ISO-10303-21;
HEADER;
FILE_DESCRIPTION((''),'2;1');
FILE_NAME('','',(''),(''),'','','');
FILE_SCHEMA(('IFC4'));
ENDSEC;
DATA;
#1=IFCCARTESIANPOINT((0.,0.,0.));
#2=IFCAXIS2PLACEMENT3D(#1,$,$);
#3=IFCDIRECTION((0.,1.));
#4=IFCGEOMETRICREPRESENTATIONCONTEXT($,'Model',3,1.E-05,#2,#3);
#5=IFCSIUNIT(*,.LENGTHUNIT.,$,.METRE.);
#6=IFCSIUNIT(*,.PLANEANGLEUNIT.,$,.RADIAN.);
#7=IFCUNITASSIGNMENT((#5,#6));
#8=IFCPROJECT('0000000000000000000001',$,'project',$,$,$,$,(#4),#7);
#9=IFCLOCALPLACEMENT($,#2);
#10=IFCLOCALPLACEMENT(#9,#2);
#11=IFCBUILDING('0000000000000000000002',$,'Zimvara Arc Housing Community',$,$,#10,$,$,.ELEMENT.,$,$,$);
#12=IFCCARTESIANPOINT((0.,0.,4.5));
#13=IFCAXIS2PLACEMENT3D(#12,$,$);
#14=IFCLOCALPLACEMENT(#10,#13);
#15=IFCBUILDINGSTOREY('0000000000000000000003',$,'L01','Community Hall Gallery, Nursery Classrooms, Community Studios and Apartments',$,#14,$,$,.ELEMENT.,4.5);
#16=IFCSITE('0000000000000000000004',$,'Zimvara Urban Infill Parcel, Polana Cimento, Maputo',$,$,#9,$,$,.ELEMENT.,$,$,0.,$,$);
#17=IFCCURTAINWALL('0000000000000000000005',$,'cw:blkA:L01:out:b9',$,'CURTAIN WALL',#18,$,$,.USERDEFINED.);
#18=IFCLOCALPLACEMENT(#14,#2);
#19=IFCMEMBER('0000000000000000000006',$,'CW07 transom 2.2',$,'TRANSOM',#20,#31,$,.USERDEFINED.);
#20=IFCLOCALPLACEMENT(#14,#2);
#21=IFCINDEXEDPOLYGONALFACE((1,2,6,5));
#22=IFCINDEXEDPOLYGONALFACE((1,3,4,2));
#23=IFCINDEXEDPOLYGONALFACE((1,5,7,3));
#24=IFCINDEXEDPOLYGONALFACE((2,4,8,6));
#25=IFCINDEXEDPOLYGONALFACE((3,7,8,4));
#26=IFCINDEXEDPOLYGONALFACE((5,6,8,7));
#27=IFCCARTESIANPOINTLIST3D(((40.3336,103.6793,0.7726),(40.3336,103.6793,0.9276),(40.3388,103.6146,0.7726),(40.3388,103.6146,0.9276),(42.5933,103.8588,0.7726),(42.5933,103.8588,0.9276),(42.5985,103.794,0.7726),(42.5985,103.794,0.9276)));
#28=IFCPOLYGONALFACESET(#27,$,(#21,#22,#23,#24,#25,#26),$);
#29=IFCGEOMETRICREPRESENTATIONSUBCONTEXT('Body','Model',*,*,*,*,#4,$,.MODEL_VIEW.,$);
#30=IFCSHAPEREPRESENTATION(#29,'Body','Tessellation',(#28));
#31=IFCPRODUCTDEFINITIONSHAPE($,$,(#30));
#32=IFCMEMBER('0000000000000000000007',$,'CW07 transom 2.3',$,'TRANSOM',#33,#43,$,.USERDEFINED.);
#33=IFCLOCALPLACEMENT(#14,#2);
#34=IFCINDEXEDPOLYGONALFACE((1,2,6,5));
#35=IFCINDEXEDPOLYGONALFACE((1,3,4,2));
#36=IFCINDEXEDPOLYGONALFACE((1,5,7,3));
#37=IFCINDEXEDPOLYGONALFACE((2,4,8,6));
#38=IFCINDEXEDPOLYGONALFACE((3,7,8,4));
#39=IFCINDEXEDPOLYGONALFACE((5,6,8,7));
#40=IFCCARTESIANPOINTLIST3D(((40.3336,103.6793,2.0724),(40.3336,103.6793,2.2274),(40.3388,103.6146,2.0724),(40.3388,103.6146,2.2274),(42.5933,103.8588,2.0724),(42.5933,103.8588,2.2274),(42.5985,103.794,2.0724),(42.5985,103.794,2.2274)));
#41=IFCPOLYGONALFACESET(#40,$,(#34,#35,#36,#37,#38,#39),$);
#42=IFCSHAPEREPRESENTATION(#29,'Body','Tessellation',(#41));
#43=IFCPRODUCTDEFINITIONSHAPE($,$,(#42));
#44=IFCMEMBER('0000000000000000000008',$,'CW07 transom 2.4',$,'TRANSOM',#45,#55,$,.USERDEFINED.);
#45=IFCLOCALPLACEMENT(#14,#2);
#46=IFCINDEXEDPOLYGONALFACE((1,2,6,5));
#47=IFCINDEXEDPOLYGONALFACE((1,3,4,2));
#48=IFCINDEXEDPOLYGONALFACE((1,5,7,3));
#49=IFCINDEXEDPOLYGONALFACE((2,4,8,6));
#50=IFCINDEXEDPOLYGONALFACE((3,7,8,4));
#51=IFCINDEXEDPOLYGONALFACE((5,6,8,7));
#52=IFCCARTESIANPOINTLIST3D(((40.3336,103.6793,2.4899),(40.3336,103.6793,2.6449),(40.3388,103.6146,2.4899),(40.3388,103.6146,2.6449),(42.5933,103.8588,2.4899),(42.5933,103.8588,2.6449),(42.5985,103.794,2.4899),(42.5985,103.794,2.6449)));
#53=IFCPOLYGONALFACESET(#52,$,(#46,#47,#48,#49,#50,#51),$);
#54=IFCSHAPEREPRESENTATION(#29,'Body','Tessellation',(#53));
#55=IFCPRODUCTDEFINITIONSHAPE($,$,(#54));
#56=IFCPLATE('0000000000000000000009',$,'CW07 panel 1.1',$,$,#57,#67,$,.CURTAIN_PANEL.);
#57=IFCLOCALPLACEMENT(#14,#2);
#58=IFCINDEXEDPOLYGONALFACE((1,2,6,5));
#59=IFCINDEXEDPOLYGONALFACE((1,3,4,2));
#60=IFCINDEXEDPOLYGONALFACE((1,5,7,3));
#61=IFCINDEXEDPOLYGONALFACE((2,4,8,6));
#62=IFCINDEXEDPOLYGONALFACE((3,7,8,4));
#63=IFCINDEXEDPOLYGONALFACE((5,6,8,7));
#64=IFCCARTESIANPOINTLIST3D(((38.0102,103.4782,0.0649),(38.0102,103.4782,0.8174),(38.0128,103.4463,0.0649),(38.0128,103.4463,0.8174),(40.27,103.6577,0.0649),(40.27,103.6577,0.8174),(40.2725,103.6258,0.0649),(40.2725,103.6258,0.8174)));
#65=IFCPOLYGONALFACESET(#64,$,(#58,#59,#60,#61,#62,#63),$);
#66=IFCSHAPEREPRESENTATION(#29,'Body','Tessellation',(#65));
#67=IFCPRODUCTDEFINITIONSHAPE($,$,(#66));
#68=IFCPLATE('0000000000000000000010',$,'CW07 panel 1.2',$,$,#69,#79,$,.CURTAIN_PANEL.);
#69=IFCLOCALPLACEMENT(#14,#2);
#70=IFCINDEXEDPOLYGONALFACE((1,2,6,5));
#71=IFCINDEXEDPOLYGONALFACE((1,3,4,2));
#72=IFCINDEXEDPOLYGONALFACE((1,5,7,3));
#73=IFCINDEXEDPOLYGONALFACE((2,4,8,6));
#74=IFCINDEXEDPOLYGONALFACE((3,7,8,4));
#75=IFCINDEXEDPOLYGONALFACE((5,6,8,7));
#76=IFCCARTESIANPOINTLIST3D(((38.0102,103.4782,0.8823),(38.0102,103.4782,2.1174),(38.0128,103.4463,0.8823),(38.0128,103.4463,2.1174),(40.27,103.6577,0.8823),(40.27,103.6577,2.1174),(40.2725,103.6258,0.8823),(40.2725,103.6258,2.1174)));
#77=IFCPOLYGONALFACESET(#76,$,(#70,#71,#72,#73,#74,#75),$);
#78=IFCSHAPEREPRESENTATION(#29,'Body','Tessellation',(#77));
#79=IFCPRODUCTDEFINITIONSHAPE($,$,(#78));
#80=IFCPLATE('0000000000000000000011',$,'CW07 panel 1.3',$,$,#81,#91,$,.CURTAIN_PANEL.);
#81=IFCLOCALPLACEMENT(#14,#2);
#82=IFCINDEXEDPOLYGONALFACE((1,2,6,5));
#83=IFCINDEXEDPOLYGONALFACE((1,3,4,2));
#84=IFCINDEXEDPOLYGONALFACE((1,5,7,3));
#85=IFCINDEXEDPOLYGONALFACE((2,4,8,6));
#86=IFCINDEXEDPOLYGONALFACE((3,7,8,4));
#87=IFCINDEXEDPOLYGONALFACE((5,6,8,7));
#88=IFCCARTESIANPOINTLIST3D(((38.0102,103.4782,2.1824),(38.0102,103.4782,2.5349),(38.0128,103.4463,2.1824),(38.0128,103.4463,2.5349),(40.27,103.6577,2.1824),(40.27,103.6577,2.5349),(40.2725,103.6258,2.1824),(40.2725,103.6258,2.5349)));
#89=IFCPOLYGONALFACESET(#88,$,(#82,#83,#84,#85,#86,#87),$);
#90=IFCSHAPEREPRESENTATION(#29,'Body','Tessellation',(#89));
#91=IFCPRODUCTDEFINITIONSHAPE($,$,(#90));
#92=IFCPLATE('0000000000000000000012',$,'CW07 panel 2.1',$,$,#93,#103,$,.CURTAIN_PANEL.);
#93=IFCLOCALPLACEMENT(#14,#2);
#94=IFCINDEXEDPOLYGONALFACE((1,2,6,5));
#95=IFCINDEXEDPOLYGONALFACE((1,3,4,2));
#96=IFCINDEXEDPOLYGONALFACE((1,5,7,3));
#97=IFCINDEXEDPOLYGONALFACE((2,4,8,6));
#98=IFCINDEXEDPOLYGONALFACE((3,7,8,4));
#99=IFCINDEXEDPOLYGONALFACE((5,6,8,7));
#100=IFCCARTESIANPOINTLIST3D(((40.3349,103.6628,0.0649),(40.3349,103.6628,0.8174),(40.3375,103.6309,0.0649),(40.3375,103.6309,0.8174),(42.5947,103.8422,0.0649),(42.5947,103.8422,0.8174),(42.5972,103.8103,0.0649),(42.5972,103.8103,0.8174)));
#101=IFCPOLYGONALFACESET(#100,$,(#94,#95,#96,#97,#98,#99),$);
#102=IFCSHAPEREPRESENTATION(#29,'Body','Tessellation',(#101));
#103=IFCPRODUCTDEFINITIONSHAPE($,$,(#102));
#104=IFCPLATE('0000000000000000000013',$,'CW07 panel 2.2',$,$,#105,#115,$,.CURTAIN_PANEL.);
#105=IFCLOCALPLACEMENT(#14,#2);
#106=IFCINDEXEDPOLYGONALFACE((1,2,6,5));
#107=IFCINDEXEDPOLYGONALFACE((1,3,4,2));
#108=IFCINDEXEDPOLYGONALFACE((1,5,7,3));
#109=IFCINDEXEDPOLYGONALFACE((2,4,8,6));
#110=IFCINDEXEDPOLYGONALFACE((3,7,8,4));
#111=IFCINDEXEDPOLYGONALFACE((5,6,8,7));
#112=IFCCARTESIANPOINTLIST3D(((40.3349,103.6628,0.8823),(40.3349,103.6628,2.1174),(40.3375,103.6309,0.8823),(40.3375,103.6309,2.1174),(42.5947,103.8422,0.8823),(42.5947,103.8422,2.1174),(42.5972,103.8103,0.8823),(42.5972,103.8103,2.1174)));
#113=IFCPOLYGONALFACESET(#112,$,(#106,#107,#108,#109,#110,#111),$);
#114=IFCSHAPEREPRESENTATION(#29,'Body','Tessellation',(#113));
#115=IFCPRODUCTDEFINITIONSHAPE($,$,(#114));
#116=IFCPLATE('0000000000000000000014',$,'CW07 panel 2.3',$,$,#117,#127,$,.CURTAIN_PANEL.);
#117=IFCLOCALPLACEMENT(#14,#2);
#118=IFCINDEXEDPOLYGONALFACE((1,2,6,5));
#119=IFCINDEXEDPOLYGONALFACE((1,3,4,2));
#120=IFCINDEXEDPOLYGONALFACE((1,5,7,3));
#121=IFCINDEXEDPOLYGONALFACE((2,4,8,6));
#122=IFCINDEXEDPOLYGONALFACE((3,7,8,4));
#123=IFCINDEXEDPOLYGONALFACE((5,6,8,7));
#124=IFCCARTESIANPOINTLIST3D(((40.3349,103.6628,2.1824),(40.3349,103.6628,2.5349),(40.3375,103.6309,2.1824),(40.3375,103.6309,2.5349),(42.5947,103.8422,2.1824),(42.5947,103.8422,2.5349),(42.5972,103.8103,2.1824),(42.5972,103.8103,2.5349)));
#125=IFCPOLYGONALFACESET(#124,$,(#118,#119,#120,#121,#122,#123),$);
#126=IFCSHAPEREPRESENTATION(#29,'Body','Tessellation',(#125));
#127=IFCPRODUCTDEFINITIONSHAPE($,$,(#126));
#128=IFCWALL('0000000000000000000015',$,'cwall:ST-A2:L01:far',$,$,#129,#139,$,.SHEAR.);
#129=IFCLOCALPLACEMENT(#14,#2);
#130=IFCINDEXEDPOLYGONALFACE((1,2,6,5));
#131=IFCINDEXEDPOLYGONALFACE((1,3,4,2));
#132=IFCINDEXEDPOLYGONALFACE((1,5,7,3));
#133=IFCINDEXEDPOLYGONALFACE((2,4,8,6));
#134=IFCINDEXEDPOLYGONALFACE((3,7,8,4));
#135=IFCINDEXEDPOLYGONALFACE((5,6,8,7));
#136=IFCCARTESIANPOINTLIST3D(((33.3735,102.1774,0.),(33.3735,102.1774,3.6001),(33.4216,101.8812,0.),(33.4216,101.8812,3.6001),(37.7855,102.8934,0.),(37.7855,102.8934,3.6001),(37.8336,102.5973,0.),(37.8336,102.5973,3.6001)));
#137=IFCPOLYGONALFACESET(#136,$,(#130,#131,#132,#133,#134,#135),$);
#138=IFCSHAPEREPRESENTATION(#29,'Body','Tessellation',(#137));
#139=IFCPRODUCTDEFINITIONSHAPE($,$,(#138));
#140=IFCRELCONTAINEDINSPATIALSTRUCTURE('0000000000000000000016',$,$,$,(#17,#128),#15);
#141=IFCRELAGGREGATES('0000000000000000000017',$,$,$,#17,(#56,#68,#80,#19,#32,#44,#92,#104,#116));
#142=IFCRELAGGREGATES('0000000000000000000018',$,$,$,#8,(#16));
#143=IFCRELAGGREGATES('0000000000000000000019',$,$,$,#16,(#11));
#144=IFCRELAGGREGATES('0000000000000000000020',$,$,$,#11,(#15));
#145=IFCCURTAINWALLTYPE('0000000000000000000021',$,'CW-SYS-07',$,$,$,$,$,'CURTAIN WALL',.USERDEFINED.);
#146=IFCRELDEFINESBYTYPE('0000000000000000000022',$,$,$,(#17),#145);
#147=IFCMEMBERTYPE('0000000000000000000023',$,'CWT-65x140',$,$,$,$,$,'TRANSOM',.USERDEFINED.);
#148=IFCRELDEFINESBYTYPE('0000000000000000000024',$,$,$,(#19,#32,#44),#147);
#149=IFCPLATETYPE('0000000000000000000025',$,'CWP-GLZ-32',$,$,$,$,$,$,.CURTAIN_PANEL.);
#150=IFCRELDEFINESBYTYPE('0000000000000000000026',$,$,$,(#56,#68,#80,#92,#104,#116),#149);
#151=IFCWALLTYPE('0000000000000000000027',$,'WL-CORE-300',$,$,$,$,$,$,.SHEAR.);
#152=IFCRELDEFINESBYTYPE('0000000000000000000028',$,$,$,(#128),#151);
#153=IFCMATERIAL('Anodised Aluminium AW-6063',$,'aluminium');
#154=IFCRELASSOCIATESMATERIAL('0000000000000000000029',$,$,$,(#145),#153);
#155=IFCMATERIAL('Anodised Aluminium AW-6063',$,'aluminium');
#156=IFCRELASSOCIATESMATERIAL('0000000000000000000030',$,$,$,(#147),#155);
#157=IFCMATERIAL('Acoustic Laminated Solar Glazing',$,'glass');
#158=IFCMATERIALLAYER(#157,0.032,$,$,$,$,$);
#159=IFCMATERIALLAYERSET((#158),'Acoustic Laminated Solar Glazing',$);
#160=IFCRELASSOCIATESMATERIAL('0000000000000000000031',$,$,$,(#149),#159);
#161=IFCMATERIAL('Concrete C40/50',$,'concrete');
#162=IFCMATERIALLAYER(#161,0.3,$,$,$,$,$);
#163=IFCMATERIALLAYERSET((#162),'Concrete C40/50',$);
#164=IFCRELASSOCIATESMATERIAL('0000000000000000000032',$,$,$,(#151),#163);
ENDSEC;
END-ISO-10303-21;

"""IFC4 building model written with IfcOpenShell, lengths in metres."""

from ifc_helpers import new_model, si_unit, direction, frame, frame_2d, origin, origin_2d, place, context, subcontext, project, spatial, rectangle, extrude, material, layer, layer_set, material_profile, profile_set, type_object, element, aggregate, save


model = new_model("IFC4")

# Units and contexts
model_context = context("Model", 3, precision=1e-05, world=origin(), true_north=direction((0.0, 1.0)))
body_context = subcontext(model_context, "Body", "Model", "MODEL_VIEW")
ifc_project = project(units=[si_unit("LENGTHUNIT", "METRE"), si_unit("PLANEANGLEUNIT", "RADIAN")], contexts=[model_context])

# Site, building, storey
site_placement = place(None, origin())
site = spatial("IfcSite", under=ifc_project, at=site_placement, Name="Zimvara Urban Infill Parcel, Polana Cimento, Maputo", CompositionType="ELEMENT", RefElevation=0.0)
building_placement = place(site_placement, origin())
building = spatial("IfcBuilding", under=site, at=building_placement, Name="Zimvara Arc Housing Community", CompositionType="ELEMENT")
storey_placement = place(building_placement, frame((0.0, 0.0, 4.5)))
storey = spatial("IfcBuildingStorey", under=building, at=storey_placement, Name="L01", Description="Community Hall Gallery, Nursery Classrooms, Community Studios and Apartments", CompositionType="ELEMENT", Elevation=4.5)

# Curtain wall, members, plates
ifc_material_1 = material(Name="Anodised Aluminium AW-6063", Category="aluminium")
curtain_wall_type = type_object("IfcCurtainWallType", Name="CW-SYS-07", ElementType="CURTAIN WALL", PredefinedType="USERDEFINED", material=ifc_material_1)
curtain_wall_placement = place(storey_placement, origin())
curtain_wall = element("IfcCurtainWall", 1, at=curtain_wall_placement, inside=storey, type_object=curtain_wall_type, Name="cw:blkA:L01:out:b9", ObjectType="CURTAIN WALL", PredefinedType="USERDEFINED")
ifc_material_2 = material(Name="Anodised Aluminium AW-6063", Category="aluminium")
ifc_material_profile_1 = material_profile(ifc_material_2, rectangle(XDim=0.0649, YDim=0.155, at=origin_2d()), Name="ALU 65x155")
ifc_profile_set_1 = profile_set([ifc_material_profile_1], Name="Anodised Aluminium AW-6063")
member_type_1 = type_object("IfcMemberType", Name="CWT-65x140", ElementType="TRANSOM", PredefinedType="USERDEFINED", material=ifc_profile_set_1)
member_1_placement = place(storey_placement, frame((40.3362, 103.647, 0.8501), z_axis=(0.996862, 0.079159, 0.0), x_axis=(-0.079159, 0.996862, 0.0)))
member_1 = element("IfcMember", 2, at=member_1_placement, type_object=member_type_1, Name="CW07 transom 2.2", ObjectType="TRANSOM", PredefinedType="USERDEFINED", context=body_context, shape_type="SweptSolid", body=[
    extrude(rectangle(XDim=0.0649, YDim=0.155, at=origin_2d()), origin(), (0.0, 0.0, 1.0), 2.2668),
])
member_2_placement = place(storey_placement, frame((40.3362, 103.647, 2.1499), z_axis=(0.996862, 0.079159, 0.0), x_axis=(-0.079159, 0.996862, 0.0)))
member_2 = element("IfcMember", 3, at=member_2_placement, type_object=member_type_1, Name="CW07 transom 2.3", ObjectType="TRANSOM", PredefinedType="USERDEFINED", context=body_context, shape_type="SweptSolid", body=[
    extrude(rectangle(XDim=0.0649, YDim=0.155, at=origin_2d()), origin(), (0.0, 0.0, 1.0), 2.2668),
])
member_3_placement = place(storey_placement, frame((40.3362, 103.647, 2.5674), z_axis=(0.996862, 0.079159, 0.0), x_axis=(-0.079159, 0.996862, 0.0)))
member_3 = element("IfcMember", 4, at=member_3_placement, type_object=member_type_1, Name="CW07 transom 2.4", ObjectType="TRANSOM", PredefinedType="USERDEFINED", context=body_context, shape_type="SweptSolid", body=[
    extrude(rectangle(XDim=0.0649, YDim=0.155, at=origin_2d()), origin(), (0.0, 0.0, 1.0), 2.2668),
])
ifc_material_3 = material(Name="Acoustic Laminated Solar Glazing", Category="glass")
ifc_layer_1 = layer(ifc_material_3, 0.032)
ifc_layer_set_1 = layer_set([ifc_layer_1], Name="Acoustic Laminated Solar Glazing")
plate_type = type_object("IfcPlateType", Name="CWP-GLZ-32", PredefinedType="CURTAIN_PANEL", material=ifc_layer_set_1)
plate_1_placement = place(storey_placement, frame((39.1414, 103.552, 0.0649), z_axis=(0.0, 0.0, 1.0), x_axis=(0.996862, 0.079154, 0.0)))
plate_1 = element("IfcPlate", 5, at=plate_1_placement, type_object=plate_type, Name="CW07 panel 1.1", PredefinedType="CURTAIN_PANEL", context=body_context, shape_type="SweptSolid", body=[
    extrude(rectangle(XDim=2.2668, YDim=0.032, at=origin_2d()), origin(), (0.0, 0.0, 1.0), 0.7524),
])
plate_2_placement = place(storey_placement, frame((39.1414, 103.552, 0.8823), z_axis=(0.0, 0.0, 1.0), x_axis=(0.996862, 0.079154, 0.0)))
plate_2 = element("IfcPlate", 6, at=plate_2_placement, type_object=plate_type, Name="CW07 panel 1.2", PredefinedType="CURTAIN_PANEL", context=body_context, shape_type="SweptSolid", body=[
    extrude(rectangle(XDim=2.2668, YDim=0.032, at=origin_2d()), origin(), (0.0, 0.0, 1.0), 1.2351),
])
plate_3_placement = place(storey_placement, frame((39.1414, 103.552, 2.1824), z_axis=(0.0, 0.0, 1.0), x_axis=(0.996862, 0.079154, 0.0)))
plate_3 = element("IfcPlate", 7, at=plate_3_placement, type_object=plate_type, Name="CW07 panel 1.3", PredefinedType="CURTAIN_PANEL", context=body_context, shape_type="SweptSolid", body=[
    extrude(rectangle(XDim=2.2668, YDim=0.032, at=origin_2d()), origin(), (0.0, 0.0, 1.0), 0.3525),
])
plate_4_placement = place(storey_placement, frame((41.4661, 103.7366, 0.0649), z_axis=(0.0, 0.0, 1.0), x_axis=(0.996862, 0.079154, 0.0)))
plate_4 = element("IfcPlate", 8, at=plate_4_placement, type_object=plate_type, Name="CW07 panel 2.1", PredefinedType="CURTAIN_PANEL", context=body_context, shape_type="SweptSolid", body=[
    extrude(rectangle(XDim=2.2668, YDim=0.032, at=origin_2d()), origin(), (0.0, 0.0, 1.0), 0.7524),
])
plate_5_placement = place(storey_placement, frame((41.4661, 103.7366, 0.8823), z_axis=(0.0, 0.0, 1.0), x_axis=(0.996862, 0.079154, 0.0)))
plate_5 = element("IfcPlate", 9, at=plate_5_placement, type_object=plate_type, Name="CW07 panel 2.2", PredefinedType="CURTAIN_PANEL", context=body_context, shape_type="SweptSolid", body=[
    extrude(rectangle(XDim=2.2668, YDim=0.032, at=origin_2d()), origin(), (0.0, 0.0, 1.0), 1.2351),
])
plate_6_placement = place(storey_placement, frame((41.4661, 103.7366, 2.1824), z_axis=(0.0, 0.0, 1.0), x_axis=(0.996862, 0.079154, 0.0)))
plate_6 = element("IfcPlate", 10, at=plate_6_placement, type_object=plate_type, Name="CW07 panel 2.3", PredefinedType="CURTAIN_PANEL", context=body_context, shape_type="SweptSolid", body=[
    extrude(rectangle(XDim=2.2668, YDim=0.032, at=origin_2d()), origin(), (0.0, 0.0, 1.0), 0.3525),
])
aggregate(curtain_wall, [plate_1, plate_2, plate_3, member_1, member_2, member_3, plate_4, plate_5, plate_6])

# Wall
ifc_material_4 = material(Name="Concrete C40/50", Category="concrete")
ifc_layer_2 = layer(ifc_material_4, 0.3)
ifc_layer_set_2 = layer_set([ifc_layer_2], Name="Concrete C40/50")
wall_type = type_object("IfcWallType", Name="WL-CORE-300", PredefinedType="SHEAR", material=ifc_layer_set_2)
wall_placement = place(storey_placement, frame((37.8096, 102.7454, 0.0), z_axis=(0.0, 0.0, 1.0), x_axis=(-0.987085, -0.160199, 0.0)))
element("IfcWall", 11, at=wall_placement, inside=storey, type_object=wall_type, Name="cwall:ST-A2:L01:far", PredefinedType="SHEAR", context=body_context, shape_type="SweptSolid", body=[
    extrude(rectangle(XDim=4.4697, YDim=0.3, at=frame_2d((2.2349, 0.0))), origin(), (0.0, 0.0, 1.0), 3.6001),
])

save(model, "model.ifc")
